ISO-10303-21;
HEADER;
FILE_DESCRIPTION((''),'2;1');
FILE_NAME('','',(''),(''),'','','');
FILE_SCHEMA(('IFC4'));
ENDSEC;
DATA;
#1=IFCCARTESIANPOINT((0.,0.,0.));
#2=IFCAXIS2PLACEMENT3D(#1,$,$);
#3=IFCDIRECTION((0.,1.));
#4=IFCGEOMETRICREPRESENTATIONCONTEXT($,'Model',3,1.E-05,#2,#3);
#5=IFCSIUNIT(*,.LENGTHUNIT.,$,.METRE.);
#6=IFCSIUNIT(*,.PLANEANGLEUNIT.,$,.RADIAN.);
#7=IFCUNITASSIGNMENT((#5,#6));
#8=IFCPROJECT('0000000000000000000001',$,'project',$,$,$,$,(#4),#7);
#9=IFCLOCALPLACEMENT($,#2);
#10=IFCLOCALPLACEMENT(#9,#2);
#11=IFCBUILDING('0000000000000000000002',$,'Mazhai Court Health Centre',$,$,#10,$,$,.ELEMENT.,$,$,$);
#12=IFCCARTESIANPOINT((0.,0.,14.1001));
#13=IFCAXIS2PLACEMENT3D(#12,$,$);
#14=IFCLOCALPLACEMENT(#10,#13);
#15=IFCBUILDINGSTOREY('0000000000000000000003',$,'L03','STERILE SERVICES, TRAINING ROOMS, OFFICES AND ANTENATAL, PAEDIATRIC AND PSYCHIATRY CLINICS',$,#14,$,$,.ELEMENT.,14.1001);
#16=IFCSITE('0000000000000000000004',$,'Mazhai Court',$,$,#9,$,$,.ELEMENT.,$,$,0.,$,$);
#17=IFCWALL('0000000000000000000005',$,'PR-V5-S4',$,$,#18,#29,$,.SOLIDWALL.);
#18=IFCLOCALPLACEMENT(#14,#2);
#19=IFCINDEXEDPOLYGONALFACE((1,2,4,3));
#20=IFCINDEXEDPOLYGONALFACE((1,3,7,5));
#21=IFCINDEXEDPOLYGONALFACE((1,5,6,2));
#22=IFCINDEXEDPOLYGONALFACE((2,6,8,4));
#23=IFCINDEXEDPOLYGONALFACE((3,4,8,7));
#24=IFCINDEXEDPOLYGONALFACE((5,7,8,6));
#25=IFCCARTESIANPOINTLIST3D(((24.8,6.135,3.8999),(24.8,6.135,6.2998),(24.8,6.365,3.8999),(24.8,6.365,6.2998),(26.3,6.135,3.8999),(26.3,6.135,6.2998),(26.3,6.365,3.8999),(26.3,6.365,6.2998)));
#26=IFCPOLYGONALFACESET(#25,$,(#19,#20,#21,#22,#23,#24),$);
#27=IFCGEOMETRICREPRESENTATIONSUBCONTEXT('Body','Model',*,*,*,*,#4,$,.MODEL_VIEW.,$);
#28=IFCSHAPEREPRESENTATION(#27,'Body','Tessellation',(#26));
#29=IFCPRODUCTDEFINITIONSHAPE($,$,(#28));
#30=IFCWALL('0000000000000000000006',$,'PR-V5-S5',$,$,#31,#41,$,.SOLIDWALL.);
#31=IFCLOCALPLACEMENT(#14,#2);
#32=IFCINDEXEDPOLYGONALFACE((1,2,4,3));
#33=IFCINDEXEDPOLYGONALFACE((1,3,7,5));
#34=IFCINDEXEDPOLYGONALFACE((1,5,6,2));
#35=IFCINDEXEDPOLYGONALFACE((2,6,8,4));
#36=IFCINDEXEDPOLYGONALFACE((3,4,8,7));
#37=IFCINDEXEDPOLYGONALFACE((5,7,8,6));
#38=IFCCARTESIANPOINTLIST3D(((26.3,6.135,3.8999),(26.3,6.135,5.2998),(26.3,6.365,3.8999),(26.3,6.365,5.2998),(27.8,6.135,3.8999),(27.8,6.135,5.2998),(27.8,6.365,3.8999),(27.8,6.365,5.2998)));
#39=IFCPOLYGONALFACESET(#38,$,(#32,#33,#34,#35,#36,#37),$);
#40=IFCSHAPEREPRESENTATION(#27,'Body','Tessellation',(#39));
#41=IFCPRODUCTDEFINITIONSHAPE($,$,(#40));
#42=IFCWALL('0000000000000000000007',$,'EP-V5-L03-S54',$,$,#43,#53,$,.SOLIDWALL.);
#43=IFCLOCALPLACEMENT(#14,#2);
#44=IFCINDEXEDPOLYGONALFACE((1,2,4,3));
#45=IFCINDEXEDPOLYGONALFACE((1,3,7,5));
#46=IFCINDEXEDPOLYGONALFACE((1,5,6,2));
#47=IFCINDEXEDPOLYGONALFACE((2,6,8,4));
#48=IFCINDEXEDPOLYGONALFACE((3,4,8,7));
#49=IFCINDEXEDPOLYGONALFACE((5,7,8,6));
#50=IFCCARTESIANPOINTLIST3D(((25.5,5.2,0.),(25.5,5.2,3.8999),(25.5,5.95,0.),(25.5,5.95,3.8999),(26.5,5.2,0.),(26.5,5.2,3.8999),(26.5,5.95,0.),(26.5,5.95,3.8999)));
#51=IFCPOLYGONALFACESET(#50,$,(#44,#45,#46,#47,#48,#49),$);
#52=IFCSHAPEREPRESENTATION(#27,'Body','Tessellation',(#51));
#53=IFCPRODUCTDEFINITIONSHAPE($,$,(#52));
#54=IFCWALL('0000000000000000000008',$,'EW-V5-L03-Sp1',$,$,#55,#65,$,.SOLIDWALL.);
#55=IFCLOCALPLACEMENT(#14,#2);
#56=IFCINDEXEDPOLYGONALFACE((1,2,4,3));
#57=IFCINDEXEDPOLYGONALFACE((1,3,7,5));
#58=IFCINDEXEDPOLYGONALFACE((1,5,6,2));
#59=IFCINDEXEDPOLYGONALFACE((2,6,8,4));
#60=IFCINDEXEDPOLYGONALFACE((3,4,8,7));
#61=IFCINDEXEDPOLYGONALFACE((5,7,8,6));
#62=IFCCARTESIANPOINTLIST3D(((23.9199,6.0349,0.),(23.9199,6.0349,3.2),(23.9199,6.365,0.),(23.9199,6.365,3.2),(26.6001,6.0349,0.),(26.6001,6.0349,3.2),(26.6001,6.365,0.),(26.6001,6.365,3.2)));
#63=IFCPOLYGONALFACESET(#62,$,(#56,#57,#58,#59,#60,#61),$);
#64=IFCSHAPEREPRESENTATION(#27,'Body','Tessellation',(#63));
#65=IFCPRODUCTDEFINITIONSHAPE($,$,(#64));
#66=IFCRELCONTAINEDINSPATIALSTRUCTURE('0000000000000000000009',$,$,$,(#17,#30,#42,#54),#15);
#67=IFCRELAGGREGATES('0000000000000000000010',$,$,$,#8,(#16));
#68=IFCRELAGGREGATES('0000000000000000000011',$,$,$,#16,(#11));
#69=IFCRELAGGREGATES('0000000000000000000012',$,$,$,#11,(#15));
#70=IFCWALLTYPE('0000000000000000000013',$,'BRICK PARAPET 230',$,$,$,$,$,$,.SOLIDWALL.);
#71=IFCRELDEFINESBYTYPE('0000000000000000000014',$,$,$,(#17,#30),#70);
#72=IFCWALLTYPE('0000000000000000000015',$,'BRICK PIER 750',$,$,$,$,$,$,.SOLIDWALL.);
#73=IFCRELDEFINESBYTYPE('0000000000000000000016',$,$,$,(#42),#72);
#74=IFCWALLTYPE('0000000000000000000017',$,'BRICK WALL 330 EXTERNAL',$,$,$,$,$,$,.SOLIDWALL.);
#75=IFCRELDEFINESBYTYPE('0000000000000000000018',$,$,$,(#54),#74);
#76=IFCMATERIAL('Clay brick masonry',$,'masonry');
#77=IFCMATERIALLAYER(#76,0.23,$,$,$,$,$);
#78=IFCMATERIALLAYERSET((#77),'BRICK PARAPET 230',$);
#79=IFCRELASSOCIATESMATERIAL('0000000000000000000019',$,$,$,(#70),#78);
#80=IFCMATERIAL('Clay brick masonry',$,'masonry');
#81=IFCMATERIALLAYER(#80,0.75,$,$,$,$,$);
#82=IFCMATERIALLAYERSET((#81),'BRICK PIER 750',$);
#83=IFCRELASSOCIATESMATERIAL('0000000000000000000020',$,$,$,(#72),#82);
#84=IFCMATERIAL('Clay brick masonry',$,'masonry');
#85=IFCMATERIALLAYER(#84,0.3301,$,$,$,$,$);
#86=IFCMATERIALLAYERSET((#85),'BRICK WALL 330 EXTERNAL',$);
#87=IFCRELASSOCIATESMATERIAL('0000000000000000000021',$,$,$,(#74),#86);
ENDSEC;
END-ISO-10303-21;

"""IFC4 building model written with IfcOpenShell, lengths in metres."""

from ifc_helpers import new_model, si_unit, direction, frame, frame_2d, origin, place, context, subcontext, project, spatial, rectangle, extrude, material, layer, layer_set, type_object, element, save


model = new_model("IFC4")

# Units and contexts
model_context = context("Model", 3, precision=1e-05, world=origin(), true_north=direction((0.0, 1.0)))
body_context = subcontext(model_context, "Body", "Model", "MODEL_VIEW")
ifc_project = project(units=[si_unit("LENGTHUNIT", "METRE"), si_unit("PLANEANGLEUNIT", "RADIAN")], contexts=[model_context])

# Site, building, storey
site_placement = place(None, origin())
site = spatial("IfcSite", under=ifc_project, at=site_placement, Name="Mazhai Court", CompositionType="ELEMENT", RefElevation=0.0)
building_placement = place(site_placement, origin())
building = spatial("IfcBuilding", under=site, at=building_placement, Name="Mazhai Court Health Centre", CompositionType="ELEMENT")
storey_placement = place(building_placement, frame((0.0, 0.0, 14.1001)))
storey = spatial("IfcBuildingStorey", under=building, at=storey_placement, Name="L03", Description="STERILE SERVICES, TRAINING ROOMS, OFFICES AND ANTENATAL, PAEDIATRIC AND PSYCHIATRY CLINICS", CompositionType="ELEMENT", Elevation=14.1001)

# Walls
ifc_material_1 = material(Name="Clay brick masonry", Category="masonry")
ifc_layer_1 = layer(ifc_material_1, 0.23)
ifc_layer_set_1 = layer_set([ifc_layer_1], Name="BRICK PARAPET 230")
wall_type_1 = type_object("IfcWallType", Name="BRICK PARAPET 230", PredefinedType="SOLIDWALL", material=ifc_layer_set_1)
wall_1_placement = place(storey_placement, frame((26.3, 6.25, 3.8999), z_axis=(0.0, 0.0, 1.0), x_axis=(-1.0, 0.0, 0.0)))
element("IfcWall", 1, at=wall_1_placement, inside=storey, type_object=wall_type_1, Name="PR-V5-S4", PredefinedType="SOLIDWALL", context=body_context, shape_type="SweptSolid", body=[
    extrude(rectangle(XDim=1.5, YDim=0.23, at=frame_2d((0.75, 0.0))), origin(), (0.0, 0.0, 1.0), 2.3999),
])
wall_2_placement = place(storey_placement, frame((27.8, 6.25, 3.8999), z_axis=(0.0, 0.0, 1.0), x_axis=(-1.0, 0.0, 0.0)))
element("IfcWall", 2, at=wall_2_placement, inside=storey, type_object=wall_type_1, Name="PR-V5-S5", PredefinedType="SOLIDWALL", context=body_context, shape_type="SweptSolid", body=[
    extrude(rectangle(XDim=1.5, YDim=0.23, at=frame_2d((0.75, 0.0))), origin(), (0.0, 0.0, 1.0), 1.3999),
])
ifc_material_2 = material(Name="Clay brick masonry", Category="masonry")
ifc_layer_2 = layer(ifc_material_2, 0.75)
ifc_layer_set_2 = layer_set([ifc_layer_2], Name="BRICK PIER 750")
wall_type_2 = type_object("IfcWallType", Name="BRICK PIER 750", PredefinedType="SOLIDWALL", material=ifc_layer_set_2)
wall_3_placement = place(storey_placement, frame((26.5, 5.575, 0.0), z_axis=(0.0, 0.0, 1.0), x_axis=(-1.0, 0.0, 0.0)))
element("IfcWall", 3, at=wall_3_placement, inside=storey, type_object=wall_type_2, Name="EP-V5-L03-S54", PredefinedType="SOLIDWALL", context=body_context, shape_type="SweptSolid", body=[
    extrude(rectangle(XDim=1.0, YDim=0.75, at=frame_2d((0.5, 0.0))), origin(), (0.0, 0.0, 1.0), 3.8999),
])
ifc_material_3 = material(Name="Clay brick masonry", Category="masonry")
ifc_layer_3 = layer(ifc_material_3, 0.3301)
ifc_layer_set_3 = layer_set([ifc_layer_3], Name="BRICK WALL 330 EXTERNAL")
wall_type_3 = type_object("IfcWallType", Name="BRICK WALL 330 EXTERNAL", PredefinedType="SOLIDWALL", material=ifc_layer_set_3)
wall_4_placement = place(storey_placement, frame((26.6001, 6.2, 0.0), z_axis=(0.0, 0.0, 1.0), x_axis=(-1.0, 0.0, 0.0)))
element("IfcWall", 4, at=wall_4_placement, inside=storey, type_object=wall_type_3, Name="EW-V5-L03-Sp1", PredefinedType="SOLIDWALL", context=body_context, shape_type="SweptSolid", body=[
    extrude(rectangle(XDim=2.6802, YDim=0.3301, at=frame_2d((1.3401, 0.0))), origin(), (0.0, 0.0, 1.0), 3.2),
])

save(model, "model.ifc")
